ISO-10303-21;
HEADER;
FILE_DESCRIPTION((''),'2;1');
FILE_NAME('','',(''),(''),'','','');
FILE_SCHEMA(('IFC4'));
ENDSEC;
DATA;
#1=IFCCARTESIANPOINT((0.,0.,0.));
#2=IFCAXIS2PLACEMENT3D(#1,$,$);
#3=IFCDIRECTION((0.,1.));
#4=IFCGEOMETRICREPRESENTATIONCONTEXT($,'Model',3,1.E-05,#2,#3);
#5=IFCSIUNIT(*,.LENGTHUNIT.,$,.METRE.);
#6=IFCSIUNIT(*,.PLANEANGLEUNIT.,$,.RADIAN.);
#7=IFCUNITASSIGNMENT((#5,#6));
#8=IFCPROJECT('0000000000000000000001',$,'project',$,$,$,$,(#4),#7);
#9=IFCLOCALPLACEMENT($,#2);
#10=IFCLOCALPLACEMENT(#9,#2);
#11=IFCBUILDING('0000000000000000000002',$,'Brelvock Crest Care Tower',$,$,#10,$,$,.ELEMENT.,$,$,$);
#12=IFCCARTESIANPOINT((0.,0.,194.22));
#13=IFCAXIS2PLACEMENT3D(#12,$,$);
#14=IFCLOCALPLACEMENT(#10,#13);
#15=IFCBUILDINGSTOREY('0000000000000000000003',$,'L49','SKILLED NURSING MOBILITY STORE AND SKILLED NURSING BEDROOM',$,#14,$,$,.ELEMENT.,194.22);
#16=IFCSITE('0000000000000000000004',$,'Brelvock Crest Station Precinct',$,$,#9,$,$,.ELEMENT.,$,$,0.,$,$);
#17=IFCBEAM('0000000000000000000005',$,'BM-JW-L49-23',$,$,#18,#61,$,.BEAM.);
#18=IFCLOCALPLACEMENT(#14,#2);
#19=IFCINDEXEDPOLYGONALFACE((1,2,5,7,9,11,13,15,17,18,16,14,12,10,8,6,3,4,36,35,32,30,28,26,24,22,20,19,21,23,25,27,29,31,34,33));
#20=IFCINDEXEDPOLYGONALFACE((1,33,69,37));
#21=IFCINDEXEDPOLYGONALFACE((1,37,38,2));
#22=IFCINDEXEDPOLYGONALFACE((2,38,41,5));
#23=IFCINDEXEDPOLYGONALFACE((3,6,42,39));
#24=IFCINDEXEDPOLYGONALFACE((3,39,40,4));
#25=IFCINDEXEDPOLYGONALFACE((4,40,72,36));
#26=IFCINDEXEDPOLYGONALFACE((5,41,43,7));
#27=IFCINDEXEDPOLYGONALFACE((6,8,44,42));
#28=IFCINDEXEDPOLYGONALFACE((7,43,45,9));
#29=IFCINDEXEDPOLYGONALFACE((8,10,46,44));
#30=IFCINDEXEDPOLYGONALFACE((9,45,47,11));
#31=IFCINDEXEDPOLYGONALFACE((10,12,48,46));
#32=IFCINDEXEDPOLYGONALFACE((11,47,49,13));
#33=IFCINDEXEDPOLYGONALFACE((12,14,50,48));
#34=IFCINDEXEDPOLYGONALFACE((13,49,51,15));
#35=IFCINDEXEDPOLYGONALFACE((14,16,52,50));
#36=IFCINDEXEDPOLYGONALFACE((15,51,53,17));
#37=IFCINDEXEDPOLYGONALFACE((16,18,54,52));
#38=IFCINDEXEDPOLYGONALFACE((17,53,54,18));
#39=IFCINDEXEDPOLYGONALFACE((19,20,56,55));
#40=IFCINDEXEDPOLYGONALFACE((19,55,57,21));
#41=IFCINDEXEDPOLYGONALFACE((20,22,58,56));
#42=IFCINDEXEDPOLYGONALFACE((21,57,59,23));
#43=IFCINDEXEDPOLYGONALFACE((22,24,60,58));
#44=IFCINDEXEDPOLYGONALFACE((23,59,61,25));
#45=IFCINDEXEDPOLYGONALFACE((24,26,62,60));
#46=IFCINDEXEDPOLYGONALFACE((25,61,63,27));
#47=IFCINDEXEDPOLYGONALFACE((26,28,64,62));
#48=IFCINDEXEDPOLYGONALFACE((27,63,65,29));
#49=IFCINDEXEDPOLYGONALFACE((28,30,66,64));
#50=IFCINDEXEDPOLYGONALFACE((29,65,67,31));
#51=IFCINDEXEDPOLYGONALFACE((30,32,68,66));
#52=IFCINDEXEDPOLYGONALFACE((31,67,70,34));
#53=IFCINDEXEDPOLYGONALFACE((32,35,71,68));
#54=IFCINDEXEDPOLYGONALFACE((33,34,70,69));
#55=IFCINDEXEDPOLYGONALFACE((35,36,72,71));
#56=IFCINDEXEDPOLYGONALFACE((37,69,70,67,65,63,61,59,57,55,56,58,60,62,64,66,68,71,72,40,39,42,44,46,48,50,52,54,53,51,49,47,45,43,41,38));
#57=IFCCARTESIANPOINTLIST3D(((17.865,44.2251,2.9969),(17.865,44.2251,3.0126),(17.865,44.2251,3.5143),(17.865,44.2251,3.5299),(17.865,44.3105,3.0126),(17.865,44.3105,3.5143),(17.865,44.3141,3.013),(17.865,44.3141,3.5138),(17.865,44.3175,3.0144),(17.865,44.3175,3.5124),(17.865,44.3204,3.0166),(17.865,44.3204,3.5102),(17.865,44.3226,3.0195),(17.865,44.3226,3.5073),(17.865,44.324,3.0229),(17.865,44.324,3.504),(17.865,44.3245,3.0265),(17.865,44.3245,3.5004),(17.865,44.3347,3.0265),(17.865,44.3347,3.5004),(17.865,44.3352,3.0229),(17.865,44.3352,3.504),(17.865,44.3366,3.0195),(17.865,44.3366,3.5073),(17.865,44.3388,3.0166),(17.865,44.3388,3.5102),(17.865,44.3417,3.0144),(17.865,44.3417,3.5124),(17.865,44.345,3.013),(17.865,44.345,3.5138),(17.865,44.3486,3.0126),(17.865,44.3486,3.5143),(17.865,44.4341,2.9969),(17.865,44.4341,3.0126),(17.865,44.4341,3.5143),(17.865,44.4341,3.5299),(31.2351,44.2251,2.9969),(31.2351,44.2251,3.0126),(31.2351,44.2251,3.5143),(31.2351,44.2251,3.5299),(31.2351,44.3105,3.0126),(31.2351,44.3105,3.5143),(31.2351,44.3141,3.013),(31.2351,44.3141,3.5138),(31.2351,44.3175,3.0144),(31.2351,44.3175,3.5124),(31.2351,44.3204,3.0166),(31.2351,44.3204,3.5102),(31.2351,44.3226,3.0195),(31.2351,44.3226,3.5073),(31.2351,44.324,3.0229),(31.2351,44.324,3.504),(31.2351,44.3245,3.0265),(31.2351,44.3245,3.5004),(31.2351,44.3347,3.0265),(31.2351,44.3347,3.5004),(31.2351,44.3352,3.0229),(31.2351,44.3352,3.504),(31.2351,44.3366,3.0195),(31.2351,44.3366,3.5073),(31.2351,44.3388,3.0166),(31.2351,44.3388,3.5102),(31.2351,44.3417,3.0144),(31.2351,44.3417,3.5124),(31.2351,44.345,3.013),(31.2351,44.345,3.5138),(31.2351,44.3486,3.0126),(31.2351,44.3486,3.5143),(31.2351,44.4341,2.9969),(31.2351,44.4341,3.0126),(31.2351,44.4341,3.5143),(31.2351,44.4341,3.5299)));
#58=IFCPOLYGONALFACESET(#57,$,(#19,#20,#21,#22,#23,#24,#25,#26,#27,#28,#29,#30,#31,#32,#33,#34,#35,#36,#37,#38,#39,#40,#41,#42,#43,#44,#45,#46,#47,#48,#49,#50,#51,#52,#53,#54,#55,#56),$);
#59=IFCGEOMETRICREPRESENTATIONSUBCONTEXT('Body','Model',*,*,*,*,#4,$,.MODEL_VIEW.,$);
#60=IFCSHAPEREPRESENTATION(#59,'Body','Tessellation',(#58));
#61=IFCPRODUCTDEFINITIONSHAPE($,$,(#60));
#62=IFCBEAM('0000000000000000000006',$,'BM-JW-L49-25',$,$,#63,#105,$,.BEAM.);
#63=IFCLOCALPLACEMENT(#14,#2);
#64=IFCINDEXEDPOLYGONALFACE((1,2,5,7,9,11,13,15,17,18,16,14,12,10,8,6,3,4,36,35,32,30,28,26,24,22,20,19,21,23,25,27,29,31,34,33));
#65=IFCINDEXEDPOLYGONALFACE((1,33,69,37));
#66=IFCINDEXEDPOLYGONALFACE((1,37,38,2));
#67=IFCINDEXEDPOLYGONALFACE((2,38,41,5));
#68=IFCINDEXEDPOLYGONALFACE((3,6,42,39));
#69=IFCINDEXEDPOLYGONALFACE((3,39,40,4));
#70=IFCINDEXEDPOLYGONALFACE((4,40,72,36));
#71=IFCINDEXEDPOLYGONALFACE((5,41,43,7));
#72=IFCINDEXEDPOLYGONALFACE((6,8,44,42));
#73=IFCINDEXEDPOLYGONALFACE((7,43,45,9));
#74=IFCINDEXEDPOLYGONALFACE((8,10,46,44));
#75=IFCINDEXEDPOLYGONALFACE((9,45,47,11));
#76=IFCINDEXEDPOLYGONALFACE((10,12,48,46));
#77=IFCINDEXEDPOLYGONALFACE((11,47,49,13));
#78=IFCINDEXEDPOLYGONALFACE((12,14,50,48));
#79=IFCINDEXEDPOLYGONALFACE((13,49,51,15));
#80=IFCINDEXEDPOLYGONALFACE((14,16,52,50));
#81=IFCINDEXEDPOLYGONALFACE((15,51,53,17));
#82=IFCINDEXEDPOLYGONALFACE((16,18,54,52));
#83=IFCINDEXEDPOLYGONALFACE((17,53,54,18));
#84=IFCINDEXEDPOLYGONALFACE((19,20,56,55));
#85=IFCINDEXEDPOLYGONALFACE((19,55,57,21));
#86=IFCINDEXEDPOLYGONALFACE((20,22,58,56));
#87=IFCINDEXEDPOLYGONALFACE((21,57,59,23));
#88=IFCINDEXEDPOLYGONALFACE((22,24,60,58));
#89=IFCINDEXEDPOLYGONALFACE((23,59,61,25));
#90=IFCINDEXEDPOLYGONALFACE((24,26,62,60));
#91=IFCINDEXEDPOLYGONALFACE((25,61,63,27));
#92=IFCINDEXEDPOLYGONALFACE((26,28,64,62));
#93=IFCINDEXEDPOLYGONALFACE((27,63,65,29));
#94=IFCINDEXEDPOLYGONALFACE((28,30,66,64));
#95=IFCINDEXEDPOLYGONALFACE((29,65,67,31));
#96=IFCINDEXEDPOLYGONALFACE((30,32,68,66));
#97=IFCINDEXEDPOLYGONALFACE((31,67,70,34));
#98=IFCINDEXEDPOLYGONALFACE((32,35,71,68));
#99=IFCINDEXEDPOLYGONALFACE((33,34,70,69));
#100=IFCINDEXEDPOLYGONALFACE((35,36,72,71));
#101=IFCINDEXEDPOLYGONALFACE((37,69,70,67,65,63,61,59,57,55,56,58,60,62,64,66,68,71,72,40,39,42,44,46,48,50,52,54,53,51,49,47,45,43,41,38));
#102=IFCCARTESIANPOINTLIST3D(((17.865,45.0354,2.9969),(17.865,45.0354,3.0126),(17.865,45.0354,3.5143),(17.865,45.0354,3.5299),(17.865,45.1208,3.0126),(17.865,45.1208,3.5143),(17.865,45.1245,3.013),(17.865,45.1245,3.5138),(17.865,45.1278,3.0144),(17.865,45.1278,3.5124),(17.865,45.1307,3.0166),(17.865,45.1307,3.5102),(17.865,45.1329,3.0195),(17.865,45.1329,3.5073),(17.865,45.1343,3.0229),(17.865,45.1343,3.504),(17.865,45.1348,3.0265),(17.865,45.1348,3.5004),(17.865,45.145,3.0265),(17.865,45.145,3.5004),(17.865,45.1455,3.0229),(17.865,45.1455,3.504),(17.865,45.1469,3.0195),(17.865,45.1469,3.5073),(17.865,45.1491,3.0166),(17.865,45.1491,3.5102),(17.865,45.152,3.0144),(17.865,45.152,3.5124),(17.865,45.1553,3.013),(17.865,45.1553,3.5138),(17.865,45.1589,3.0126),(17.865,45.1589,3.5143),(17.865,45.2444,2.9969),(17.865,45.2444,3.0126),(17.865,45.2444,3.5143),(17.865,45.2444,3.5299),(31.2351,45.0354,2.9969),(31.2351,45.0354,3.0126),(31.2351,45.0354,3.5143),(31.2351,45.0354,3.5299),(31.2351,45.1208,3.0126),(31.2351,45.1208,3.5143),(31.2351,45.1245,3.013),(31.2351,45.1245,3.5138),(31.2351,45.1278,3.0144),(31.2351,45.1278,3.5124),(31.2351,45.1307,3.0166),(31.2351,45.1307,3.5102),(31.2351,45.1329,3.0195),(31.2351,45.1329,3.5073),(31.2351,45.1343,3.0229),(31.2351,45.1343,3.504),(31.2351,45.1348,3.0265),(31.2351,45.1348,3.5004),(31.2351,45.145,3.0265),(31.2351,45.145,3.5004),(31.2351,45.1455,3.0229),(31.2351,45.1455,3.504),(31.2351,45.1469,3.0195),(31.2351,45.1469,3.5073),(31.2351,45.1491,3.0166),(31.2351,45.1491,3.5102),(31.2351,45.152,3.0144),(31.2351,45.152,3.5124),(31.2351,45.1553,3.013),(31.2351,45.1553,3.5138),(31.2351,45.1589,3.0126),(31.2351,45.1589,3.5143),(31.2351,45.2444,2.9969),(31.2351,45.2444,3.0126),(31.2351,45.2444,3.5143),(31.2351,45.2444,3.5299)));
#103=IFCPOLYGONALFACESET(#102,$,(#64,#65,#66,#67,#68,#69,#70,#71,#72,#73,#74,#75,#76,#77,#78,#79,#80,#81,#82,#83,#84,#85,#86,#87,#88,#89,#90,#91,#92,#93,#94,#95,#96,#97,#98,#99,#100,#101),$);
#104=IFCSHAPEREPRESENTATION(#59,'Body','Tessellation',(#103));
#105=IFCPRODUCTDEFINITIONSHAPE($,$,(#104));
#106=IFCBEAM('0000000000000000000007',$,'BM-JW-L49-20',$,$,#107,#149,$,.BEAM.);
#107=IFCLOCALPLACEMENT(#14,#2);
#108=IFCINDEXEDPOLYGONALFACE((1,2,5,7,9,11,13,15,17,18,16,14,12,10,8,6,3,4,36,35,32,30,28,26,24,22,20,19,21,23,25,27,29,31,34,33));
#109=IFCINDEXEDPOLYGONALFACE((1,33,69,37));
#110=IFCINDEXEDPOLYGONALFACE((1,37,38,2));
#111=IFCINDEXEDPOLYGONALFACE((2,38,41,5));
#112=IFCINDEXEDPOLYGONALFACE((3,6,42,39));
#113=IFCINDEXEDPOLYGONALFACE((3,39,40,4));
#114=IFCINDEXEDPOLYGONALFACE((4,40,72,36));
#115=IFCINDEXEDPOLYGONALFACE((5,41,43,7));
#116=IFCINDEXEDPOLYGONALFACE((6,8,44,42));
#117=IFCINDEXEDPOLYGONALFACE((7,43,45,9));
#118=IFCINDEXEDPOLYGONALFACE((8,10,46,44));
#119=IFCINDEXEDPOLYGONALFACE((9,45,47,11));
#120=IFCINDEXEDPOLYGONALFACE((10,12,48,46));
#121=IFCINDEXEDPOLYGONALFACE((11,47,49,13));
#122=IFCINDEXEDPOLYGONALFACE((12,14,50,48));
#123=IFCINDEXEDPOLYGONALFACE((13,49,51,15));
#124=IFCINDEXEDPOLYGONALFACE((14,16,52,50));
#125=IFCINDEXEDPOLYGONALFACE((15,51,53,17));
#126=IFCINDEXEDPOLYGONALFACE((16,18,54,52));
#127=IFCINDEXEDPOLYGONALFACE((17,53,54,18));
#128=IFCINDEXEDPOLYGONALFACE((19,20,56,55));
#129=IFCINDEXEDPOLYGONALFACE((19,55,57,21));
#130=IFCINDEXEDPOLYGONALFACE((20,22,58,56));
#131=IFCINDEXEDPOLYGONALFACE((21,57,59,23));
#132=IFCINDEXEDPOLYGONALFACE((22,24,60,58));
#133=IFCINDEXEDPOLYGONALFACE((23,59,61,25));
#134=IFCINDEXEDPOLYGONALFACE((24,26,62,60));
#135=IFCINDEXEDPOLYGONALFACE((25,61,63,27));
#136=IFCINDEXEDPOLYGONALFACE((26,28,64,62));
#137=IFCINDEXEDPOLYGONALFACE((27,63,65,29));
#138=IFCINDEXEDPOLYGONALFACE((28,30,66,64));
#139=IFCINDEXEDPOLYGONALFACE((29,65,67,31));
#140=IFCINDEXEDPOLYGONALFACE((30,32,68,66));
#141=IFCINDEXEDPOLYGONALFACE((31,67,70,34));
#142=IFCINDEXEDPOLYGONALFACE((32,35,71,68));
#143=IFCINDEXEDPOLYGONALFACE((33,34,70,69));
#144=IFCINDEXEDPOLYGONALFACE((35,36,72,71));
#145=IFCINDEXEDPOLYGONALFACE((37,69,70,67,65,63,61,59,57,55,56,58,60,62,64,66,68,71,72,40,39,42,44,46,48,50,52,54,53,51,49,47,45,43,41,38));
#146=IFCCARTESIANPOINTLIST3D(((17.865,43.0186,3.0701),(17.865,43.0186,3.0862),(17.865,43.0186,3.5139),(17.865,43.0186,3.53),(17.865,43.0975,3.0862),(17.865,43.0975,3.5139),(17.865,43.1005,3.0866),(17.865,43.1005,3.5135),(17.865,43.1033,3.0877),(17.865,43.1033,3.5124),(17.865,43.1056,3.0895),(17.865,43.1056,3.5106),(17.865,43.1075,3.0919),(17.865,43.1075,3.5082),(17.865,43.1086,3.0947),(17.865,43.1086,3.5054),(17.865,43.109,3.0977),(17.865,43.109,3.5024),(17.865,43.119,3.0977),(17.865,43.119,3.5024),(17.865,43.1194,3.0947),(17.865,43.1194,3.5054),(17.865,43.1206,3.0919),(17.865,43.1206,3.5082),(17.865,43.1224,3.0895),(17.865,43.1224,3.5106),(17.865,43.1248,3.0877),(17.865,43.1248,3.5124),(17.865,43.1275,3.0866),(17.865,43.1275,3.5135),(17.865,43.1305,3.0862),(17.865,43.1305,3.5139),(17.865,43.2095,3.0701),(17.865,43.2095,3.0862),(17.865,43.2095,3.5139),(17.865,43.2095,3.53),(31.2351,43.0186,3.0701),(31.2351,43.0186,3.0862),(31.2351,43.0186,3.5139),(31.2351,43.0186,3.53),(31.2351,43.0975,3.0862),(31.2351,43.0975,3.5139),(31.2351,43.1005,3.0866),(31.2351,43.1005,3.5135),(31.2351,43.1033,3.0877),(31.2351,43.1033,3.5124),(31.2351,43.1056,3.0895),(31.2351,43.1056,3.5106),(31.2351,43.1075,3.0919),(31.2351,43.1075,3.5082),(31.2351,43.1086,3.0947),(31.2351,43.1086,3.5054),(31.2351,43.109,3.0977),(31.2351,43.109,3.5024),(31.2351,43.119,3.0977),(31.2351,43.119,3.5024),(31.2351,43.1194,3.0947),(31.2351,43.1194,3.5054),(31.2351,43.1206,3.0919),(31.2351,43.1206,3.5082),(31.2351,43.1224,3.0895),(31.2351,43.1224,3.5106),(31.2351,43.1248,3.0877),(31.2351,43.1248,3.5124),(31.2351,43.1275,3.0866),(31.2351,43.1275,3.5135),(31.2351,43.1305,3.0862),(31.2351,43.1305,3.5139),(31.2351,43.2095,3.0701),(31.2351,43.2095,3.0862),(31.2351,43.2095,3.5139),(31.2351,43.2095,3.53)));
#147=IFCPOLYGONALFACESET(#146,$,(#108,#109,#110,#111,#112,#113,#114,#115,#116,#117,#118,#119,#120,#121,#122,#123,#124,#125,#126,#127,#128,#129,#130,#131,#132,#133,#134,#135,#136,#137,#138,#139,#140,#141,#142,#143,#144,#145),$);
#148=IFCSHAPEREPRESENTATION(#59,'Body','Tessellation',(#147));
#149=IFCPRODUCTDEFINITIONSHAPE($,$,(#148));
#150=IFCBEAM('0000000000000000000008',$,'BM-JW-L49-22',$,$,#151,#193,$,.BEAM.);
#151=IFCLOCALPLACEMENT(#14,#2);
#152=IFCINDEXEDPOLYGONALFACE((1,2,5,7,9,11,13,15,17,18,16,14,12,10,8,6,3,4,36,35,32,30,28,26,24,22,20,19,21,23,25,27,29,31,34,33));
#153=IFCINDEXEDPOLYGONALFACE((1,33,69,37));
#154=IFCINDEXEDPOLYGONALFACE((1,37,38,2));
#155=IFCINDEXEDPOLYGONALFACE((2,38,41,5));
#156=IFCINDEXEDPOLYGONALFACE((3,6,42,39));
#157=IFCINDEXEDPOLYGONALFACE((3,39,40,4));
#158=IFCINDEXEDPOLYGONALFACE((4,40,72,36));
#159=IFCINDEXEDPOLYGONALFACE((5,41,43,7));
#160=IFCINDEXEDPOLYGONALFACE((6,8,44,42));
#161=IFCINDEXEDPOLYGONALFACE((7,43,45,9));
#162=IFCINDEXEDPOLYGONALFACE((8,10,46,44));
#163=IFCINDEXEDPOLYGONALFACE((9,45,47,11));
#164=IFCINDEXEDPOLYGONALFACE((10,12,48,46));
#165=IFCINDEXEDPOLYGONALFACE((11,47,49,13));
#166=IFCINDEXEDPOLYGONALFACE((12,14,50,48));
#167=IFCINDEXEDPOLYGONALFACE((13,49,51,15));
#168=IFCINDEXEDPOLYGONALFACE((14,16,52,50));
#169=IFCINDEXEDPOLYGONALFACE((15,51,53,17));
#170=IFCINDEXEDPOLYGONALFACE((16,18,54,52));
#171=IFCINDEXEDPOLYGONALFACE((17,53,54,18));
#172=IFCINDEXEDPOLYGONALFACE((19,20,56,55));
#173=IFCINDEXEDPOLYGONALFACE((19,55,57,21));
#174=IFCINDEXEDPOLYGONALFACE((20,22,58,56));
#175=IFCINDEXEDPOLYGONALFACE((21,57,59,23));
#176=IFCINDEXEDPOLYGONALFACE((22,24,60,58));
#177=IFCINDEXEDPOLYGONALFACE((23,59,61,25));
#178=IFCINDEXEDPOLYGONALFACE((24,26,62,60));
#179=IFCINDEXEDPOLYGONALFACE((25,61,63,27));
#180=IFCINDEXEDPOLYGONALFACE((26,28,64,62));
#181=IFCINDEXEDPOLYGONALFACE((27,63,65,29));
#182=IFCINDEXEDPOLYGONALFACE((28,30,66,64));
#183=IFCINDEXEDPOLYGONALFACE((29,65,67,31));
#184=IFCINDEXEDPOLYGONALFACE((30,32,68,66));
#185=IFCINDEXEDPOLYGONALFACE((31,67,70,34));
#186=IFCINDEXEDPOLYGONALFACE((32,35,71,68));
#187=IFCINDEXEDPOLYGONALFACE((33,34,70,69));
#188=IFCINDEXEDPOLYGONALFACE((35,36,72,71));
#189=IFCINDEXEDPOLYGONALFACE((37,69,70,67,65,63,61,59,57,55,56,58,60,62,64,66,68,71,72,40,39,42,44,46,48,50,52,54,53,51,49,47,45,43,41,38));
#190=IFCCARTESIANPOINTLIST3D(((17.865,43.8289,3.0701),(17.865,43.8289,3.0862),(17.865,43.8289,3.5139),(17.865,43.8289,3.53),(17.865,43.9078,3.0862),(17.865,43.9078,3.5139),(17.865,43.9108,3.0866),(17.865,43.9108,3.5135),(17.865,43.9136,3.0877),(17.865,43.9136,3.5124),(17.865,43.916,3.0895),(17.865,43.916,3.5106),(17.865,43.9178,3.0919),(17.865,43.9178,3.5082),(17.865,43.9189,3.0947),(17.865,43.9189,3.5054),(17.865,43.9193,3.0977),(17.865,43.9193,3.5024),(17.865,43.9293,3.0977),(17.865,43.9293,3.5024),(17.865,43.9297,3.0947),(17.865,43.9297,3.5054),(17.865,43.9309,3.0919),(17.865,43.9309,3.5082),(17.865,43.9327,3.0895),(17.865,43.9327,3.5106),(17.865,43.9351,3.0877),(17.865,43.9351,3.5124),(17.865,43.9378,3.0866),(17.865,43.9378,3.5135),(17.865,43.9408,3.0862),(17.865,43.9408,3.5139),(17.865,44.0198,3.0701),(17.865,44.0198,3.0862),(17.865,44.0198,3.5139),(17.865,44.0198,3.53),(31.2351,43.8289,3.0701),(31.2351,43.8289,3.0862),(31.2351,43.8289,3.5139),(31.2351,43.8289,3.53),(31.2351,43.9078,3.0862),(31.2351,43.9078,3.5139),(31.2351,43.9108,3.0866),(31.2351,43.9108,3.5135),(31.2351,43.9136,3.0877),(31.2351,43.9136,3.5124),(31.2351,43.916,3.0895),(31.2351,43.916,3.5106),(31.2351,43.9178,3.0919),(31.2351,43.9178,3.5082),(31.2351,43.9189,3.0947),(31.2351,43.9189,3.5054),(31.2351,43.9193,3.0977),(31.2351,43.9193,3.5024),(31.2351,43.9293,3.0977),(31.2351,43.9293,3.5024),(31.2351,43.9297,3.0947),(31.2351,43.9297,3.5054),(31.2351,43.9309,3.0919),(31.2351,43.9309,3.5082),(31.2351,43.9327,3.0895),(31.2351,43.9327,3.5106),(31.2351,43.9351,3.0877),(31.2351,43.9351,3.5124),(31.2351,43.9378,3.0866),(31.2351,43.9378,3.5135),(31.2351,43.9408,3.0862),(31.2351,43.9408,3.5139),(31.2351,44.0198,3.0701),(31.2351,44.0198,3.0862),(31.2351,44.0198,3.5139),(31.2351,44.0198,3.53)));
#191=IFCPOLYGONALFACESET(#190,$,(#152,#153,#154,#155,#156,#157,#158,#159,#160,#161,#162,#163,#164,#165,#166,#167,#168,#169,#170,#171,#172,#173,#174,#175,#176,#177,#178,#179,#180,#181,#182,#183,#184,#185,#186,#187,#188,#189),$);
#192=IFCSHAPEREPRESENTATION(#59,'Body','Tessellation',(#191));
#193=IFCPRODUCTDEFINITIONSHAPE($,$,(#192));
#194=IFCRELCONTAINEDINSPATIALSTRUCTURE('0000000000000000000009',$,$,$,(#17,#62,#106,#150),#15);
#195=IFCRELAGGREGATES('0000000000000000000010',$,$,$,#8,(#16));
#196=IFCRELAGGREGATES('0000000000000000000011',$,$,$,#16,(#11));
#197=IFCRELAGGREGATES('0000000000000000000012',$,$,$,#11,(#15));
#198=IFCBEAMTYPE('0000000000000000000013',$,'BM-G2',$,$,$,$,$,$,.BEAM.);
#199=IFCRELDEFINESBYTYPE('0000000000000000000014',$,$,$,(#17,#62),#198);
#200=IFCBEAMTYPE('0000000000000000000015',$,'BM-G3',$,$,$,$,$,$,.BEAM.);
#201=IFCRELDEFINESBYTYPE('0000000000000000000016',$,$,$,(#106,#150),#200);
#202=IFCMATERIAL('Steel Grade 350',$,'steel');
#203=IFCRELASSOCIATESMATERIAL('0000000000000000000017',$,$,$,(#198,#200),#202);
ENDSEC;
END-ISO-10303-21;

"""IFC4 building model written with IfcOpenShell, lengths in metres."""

from ifc_helpers import new_model, si_unit, direction, frame, origin, origin_2d, place, context, subcontext, project, spatial, i_section, extrude, source, transform, mapped, material, material_profile, profile_set, type_object, element, save


model = new_model("IFC4")

# Units and contexts
model_context = context("Model", 3, precision=1e-05, world=origin(), true_north=direction((0.0, 1.0)))
body_context = subcontext(model_context, "Body", "Model", "MODEL_VIEW")
ifc_project = project(units=[si_unit("LENGTHUNIT", "METRE"), si_unit("PLANEANGLEUNIT", "RADIAN")], contexts=[model_context])

# Site, building, storey
site_placement = place(None, origin())
site = spatial("IfcSite", under=ifc_project, at=site_placement, Name="Brelvock Crest Station Precinct", CompositionType="ELEMENT", RefElevation=0.0)
building_placement = place(site_placement, origin())
building = spatial("IfcBuilding", under=site, at=building_placement, Name="Brelvock Crest Care Tower", CompositionType="ELEMENT")
storey_placement = place(building_placement, frame((0.0, 0.0, 194.22)))
storey = spatial("IfcBuildingStorey", under=building, at=storey_placement, Name="L49", Description="SKILLED NURSING MOBILITY STORE AND SKILLED NURSING BEDROOM", CompositionType="ELEMENT", Elevation=194.22)

# Beams
ifc_material_1 = material(Name="Steel Grade 350", Category="steel")
ifc_material_profile_1 = material_profile(ifc_material_1, i_section(OverallWidth=0.209, OverallDepth=0.533, WebThickness=0.0103, FlangeThickness=0.0156, FilletRadius=0.0139, at=origin_2d()), Name="530UB92.4")
ifc_profile_set_1 = profile_set([ifc_material_profile_1], Name="Steel Grade 350")
beam_type_1 = type_object("IfcBeamType", Name="BM-G2", PredefinedType="BEAM", material=ifc_profile_set_1)
shared_shape_1 = source(origin(), body_context, "Body", "SweptSolid", [
    extrude(i_section(OverallWidth=0.209, OverallDepth=0.533, WebThickness=0.0103, FlangeThickness=0.0156, FilletRadius=0.0139, at=origin_2d()), origin(), (0.0, 0.0, 1.0), 13.3701),
])
for number, where, z_axis, x_axis, name in (
    (1, (17.865, 44.3296, 3.2634), (1.0, 0.0, 0.0), (0.0, 1.0, 0.0), "BM-JW-L49-23"),
    (2, (17.865, 45.1399, 3.2634), (1.0, 0.0, 0.0), (0.0, 1.0, 0.0), "BM-JW-L49-25"),
):
    element("IfcBeam", number, at=place(storey_placement, frame(where, z_axis=z_axis, x_axis=x_axis)), inside=storey, type_object=beam_type_1, Name=name, PredefinedType="BEAM", context=body_context, shape_type="MappedRepresentation", body=[
        mapped(shared_shape_1, transform((0.0, 0.0, 0.0), x_axis=(1.0, 0.0, 0.0), y_axis=(0.0, 1.0, 0.0), z_axis=(0.0, 0.0, 1.0), scale=1.0)),
    ])
ifc_material_profile_2 = material_profile(ifc_material_1, i_section(OverallWidth=0.1909, OverallDepth=0.46, WebThickness=0.01, FlangeThickness=0.0161, FilletRadius=0.0115, at=origin_2d()), Name="460UB82.1")
ifc_profile_set_2 = profile_set([ifc_material_profile_2], Name="Steel Grade 350")
beam_type_2 = type_object("IfcBeamType", Name="BM-G3", PredefinedType="BEAM", material=ifc_profile_set_2)
shared_shape_2 = source(origin(), body_context, "Body", "SweptSolid", [
    extrude(i_section(OverallWidth=0.1909, OverallDepth=0.46, WebThickness=0.01, FlangeThickness=0.0161, FilletRadius=0.0115, at=origin_2d()), origin(), (0.0, 0.0, 1.0), 13.3701),
])
for number, where, z_axis, x_axis, name in (
    (3, (17.865, 43.114, 3.3), (1.0, 0.0, 0.0), (0.0, 1.0, 0.0), "BM-JW-L49-20"),
    (4, (17.865, 43.9243, 3.3), (1.0, 0.0, 0.0), (0.0, 1.0, 0.0), "BM-JW-L49-22"),
):
    element("IfcBeam", number, at=place(storey_placement, frame(where, z_axis=z_axis, x_axis=x_axis)), inside=storey, type_object=beam_type_2, Name=name, PredefinedType="BEAM", context=body_context, shape_type="MappedRepresentation", body=[
        mapped(shared_shape_2, transform((0.0, 0.0, 0.0), x_axis=(1.0, 0.0, 0.0), y_axis=(0.0, 1.0, 0.0), z_axis=(0.0, 0.0, 1.0), scale=1.0)),
    ])

save(model, "model.ifc")
